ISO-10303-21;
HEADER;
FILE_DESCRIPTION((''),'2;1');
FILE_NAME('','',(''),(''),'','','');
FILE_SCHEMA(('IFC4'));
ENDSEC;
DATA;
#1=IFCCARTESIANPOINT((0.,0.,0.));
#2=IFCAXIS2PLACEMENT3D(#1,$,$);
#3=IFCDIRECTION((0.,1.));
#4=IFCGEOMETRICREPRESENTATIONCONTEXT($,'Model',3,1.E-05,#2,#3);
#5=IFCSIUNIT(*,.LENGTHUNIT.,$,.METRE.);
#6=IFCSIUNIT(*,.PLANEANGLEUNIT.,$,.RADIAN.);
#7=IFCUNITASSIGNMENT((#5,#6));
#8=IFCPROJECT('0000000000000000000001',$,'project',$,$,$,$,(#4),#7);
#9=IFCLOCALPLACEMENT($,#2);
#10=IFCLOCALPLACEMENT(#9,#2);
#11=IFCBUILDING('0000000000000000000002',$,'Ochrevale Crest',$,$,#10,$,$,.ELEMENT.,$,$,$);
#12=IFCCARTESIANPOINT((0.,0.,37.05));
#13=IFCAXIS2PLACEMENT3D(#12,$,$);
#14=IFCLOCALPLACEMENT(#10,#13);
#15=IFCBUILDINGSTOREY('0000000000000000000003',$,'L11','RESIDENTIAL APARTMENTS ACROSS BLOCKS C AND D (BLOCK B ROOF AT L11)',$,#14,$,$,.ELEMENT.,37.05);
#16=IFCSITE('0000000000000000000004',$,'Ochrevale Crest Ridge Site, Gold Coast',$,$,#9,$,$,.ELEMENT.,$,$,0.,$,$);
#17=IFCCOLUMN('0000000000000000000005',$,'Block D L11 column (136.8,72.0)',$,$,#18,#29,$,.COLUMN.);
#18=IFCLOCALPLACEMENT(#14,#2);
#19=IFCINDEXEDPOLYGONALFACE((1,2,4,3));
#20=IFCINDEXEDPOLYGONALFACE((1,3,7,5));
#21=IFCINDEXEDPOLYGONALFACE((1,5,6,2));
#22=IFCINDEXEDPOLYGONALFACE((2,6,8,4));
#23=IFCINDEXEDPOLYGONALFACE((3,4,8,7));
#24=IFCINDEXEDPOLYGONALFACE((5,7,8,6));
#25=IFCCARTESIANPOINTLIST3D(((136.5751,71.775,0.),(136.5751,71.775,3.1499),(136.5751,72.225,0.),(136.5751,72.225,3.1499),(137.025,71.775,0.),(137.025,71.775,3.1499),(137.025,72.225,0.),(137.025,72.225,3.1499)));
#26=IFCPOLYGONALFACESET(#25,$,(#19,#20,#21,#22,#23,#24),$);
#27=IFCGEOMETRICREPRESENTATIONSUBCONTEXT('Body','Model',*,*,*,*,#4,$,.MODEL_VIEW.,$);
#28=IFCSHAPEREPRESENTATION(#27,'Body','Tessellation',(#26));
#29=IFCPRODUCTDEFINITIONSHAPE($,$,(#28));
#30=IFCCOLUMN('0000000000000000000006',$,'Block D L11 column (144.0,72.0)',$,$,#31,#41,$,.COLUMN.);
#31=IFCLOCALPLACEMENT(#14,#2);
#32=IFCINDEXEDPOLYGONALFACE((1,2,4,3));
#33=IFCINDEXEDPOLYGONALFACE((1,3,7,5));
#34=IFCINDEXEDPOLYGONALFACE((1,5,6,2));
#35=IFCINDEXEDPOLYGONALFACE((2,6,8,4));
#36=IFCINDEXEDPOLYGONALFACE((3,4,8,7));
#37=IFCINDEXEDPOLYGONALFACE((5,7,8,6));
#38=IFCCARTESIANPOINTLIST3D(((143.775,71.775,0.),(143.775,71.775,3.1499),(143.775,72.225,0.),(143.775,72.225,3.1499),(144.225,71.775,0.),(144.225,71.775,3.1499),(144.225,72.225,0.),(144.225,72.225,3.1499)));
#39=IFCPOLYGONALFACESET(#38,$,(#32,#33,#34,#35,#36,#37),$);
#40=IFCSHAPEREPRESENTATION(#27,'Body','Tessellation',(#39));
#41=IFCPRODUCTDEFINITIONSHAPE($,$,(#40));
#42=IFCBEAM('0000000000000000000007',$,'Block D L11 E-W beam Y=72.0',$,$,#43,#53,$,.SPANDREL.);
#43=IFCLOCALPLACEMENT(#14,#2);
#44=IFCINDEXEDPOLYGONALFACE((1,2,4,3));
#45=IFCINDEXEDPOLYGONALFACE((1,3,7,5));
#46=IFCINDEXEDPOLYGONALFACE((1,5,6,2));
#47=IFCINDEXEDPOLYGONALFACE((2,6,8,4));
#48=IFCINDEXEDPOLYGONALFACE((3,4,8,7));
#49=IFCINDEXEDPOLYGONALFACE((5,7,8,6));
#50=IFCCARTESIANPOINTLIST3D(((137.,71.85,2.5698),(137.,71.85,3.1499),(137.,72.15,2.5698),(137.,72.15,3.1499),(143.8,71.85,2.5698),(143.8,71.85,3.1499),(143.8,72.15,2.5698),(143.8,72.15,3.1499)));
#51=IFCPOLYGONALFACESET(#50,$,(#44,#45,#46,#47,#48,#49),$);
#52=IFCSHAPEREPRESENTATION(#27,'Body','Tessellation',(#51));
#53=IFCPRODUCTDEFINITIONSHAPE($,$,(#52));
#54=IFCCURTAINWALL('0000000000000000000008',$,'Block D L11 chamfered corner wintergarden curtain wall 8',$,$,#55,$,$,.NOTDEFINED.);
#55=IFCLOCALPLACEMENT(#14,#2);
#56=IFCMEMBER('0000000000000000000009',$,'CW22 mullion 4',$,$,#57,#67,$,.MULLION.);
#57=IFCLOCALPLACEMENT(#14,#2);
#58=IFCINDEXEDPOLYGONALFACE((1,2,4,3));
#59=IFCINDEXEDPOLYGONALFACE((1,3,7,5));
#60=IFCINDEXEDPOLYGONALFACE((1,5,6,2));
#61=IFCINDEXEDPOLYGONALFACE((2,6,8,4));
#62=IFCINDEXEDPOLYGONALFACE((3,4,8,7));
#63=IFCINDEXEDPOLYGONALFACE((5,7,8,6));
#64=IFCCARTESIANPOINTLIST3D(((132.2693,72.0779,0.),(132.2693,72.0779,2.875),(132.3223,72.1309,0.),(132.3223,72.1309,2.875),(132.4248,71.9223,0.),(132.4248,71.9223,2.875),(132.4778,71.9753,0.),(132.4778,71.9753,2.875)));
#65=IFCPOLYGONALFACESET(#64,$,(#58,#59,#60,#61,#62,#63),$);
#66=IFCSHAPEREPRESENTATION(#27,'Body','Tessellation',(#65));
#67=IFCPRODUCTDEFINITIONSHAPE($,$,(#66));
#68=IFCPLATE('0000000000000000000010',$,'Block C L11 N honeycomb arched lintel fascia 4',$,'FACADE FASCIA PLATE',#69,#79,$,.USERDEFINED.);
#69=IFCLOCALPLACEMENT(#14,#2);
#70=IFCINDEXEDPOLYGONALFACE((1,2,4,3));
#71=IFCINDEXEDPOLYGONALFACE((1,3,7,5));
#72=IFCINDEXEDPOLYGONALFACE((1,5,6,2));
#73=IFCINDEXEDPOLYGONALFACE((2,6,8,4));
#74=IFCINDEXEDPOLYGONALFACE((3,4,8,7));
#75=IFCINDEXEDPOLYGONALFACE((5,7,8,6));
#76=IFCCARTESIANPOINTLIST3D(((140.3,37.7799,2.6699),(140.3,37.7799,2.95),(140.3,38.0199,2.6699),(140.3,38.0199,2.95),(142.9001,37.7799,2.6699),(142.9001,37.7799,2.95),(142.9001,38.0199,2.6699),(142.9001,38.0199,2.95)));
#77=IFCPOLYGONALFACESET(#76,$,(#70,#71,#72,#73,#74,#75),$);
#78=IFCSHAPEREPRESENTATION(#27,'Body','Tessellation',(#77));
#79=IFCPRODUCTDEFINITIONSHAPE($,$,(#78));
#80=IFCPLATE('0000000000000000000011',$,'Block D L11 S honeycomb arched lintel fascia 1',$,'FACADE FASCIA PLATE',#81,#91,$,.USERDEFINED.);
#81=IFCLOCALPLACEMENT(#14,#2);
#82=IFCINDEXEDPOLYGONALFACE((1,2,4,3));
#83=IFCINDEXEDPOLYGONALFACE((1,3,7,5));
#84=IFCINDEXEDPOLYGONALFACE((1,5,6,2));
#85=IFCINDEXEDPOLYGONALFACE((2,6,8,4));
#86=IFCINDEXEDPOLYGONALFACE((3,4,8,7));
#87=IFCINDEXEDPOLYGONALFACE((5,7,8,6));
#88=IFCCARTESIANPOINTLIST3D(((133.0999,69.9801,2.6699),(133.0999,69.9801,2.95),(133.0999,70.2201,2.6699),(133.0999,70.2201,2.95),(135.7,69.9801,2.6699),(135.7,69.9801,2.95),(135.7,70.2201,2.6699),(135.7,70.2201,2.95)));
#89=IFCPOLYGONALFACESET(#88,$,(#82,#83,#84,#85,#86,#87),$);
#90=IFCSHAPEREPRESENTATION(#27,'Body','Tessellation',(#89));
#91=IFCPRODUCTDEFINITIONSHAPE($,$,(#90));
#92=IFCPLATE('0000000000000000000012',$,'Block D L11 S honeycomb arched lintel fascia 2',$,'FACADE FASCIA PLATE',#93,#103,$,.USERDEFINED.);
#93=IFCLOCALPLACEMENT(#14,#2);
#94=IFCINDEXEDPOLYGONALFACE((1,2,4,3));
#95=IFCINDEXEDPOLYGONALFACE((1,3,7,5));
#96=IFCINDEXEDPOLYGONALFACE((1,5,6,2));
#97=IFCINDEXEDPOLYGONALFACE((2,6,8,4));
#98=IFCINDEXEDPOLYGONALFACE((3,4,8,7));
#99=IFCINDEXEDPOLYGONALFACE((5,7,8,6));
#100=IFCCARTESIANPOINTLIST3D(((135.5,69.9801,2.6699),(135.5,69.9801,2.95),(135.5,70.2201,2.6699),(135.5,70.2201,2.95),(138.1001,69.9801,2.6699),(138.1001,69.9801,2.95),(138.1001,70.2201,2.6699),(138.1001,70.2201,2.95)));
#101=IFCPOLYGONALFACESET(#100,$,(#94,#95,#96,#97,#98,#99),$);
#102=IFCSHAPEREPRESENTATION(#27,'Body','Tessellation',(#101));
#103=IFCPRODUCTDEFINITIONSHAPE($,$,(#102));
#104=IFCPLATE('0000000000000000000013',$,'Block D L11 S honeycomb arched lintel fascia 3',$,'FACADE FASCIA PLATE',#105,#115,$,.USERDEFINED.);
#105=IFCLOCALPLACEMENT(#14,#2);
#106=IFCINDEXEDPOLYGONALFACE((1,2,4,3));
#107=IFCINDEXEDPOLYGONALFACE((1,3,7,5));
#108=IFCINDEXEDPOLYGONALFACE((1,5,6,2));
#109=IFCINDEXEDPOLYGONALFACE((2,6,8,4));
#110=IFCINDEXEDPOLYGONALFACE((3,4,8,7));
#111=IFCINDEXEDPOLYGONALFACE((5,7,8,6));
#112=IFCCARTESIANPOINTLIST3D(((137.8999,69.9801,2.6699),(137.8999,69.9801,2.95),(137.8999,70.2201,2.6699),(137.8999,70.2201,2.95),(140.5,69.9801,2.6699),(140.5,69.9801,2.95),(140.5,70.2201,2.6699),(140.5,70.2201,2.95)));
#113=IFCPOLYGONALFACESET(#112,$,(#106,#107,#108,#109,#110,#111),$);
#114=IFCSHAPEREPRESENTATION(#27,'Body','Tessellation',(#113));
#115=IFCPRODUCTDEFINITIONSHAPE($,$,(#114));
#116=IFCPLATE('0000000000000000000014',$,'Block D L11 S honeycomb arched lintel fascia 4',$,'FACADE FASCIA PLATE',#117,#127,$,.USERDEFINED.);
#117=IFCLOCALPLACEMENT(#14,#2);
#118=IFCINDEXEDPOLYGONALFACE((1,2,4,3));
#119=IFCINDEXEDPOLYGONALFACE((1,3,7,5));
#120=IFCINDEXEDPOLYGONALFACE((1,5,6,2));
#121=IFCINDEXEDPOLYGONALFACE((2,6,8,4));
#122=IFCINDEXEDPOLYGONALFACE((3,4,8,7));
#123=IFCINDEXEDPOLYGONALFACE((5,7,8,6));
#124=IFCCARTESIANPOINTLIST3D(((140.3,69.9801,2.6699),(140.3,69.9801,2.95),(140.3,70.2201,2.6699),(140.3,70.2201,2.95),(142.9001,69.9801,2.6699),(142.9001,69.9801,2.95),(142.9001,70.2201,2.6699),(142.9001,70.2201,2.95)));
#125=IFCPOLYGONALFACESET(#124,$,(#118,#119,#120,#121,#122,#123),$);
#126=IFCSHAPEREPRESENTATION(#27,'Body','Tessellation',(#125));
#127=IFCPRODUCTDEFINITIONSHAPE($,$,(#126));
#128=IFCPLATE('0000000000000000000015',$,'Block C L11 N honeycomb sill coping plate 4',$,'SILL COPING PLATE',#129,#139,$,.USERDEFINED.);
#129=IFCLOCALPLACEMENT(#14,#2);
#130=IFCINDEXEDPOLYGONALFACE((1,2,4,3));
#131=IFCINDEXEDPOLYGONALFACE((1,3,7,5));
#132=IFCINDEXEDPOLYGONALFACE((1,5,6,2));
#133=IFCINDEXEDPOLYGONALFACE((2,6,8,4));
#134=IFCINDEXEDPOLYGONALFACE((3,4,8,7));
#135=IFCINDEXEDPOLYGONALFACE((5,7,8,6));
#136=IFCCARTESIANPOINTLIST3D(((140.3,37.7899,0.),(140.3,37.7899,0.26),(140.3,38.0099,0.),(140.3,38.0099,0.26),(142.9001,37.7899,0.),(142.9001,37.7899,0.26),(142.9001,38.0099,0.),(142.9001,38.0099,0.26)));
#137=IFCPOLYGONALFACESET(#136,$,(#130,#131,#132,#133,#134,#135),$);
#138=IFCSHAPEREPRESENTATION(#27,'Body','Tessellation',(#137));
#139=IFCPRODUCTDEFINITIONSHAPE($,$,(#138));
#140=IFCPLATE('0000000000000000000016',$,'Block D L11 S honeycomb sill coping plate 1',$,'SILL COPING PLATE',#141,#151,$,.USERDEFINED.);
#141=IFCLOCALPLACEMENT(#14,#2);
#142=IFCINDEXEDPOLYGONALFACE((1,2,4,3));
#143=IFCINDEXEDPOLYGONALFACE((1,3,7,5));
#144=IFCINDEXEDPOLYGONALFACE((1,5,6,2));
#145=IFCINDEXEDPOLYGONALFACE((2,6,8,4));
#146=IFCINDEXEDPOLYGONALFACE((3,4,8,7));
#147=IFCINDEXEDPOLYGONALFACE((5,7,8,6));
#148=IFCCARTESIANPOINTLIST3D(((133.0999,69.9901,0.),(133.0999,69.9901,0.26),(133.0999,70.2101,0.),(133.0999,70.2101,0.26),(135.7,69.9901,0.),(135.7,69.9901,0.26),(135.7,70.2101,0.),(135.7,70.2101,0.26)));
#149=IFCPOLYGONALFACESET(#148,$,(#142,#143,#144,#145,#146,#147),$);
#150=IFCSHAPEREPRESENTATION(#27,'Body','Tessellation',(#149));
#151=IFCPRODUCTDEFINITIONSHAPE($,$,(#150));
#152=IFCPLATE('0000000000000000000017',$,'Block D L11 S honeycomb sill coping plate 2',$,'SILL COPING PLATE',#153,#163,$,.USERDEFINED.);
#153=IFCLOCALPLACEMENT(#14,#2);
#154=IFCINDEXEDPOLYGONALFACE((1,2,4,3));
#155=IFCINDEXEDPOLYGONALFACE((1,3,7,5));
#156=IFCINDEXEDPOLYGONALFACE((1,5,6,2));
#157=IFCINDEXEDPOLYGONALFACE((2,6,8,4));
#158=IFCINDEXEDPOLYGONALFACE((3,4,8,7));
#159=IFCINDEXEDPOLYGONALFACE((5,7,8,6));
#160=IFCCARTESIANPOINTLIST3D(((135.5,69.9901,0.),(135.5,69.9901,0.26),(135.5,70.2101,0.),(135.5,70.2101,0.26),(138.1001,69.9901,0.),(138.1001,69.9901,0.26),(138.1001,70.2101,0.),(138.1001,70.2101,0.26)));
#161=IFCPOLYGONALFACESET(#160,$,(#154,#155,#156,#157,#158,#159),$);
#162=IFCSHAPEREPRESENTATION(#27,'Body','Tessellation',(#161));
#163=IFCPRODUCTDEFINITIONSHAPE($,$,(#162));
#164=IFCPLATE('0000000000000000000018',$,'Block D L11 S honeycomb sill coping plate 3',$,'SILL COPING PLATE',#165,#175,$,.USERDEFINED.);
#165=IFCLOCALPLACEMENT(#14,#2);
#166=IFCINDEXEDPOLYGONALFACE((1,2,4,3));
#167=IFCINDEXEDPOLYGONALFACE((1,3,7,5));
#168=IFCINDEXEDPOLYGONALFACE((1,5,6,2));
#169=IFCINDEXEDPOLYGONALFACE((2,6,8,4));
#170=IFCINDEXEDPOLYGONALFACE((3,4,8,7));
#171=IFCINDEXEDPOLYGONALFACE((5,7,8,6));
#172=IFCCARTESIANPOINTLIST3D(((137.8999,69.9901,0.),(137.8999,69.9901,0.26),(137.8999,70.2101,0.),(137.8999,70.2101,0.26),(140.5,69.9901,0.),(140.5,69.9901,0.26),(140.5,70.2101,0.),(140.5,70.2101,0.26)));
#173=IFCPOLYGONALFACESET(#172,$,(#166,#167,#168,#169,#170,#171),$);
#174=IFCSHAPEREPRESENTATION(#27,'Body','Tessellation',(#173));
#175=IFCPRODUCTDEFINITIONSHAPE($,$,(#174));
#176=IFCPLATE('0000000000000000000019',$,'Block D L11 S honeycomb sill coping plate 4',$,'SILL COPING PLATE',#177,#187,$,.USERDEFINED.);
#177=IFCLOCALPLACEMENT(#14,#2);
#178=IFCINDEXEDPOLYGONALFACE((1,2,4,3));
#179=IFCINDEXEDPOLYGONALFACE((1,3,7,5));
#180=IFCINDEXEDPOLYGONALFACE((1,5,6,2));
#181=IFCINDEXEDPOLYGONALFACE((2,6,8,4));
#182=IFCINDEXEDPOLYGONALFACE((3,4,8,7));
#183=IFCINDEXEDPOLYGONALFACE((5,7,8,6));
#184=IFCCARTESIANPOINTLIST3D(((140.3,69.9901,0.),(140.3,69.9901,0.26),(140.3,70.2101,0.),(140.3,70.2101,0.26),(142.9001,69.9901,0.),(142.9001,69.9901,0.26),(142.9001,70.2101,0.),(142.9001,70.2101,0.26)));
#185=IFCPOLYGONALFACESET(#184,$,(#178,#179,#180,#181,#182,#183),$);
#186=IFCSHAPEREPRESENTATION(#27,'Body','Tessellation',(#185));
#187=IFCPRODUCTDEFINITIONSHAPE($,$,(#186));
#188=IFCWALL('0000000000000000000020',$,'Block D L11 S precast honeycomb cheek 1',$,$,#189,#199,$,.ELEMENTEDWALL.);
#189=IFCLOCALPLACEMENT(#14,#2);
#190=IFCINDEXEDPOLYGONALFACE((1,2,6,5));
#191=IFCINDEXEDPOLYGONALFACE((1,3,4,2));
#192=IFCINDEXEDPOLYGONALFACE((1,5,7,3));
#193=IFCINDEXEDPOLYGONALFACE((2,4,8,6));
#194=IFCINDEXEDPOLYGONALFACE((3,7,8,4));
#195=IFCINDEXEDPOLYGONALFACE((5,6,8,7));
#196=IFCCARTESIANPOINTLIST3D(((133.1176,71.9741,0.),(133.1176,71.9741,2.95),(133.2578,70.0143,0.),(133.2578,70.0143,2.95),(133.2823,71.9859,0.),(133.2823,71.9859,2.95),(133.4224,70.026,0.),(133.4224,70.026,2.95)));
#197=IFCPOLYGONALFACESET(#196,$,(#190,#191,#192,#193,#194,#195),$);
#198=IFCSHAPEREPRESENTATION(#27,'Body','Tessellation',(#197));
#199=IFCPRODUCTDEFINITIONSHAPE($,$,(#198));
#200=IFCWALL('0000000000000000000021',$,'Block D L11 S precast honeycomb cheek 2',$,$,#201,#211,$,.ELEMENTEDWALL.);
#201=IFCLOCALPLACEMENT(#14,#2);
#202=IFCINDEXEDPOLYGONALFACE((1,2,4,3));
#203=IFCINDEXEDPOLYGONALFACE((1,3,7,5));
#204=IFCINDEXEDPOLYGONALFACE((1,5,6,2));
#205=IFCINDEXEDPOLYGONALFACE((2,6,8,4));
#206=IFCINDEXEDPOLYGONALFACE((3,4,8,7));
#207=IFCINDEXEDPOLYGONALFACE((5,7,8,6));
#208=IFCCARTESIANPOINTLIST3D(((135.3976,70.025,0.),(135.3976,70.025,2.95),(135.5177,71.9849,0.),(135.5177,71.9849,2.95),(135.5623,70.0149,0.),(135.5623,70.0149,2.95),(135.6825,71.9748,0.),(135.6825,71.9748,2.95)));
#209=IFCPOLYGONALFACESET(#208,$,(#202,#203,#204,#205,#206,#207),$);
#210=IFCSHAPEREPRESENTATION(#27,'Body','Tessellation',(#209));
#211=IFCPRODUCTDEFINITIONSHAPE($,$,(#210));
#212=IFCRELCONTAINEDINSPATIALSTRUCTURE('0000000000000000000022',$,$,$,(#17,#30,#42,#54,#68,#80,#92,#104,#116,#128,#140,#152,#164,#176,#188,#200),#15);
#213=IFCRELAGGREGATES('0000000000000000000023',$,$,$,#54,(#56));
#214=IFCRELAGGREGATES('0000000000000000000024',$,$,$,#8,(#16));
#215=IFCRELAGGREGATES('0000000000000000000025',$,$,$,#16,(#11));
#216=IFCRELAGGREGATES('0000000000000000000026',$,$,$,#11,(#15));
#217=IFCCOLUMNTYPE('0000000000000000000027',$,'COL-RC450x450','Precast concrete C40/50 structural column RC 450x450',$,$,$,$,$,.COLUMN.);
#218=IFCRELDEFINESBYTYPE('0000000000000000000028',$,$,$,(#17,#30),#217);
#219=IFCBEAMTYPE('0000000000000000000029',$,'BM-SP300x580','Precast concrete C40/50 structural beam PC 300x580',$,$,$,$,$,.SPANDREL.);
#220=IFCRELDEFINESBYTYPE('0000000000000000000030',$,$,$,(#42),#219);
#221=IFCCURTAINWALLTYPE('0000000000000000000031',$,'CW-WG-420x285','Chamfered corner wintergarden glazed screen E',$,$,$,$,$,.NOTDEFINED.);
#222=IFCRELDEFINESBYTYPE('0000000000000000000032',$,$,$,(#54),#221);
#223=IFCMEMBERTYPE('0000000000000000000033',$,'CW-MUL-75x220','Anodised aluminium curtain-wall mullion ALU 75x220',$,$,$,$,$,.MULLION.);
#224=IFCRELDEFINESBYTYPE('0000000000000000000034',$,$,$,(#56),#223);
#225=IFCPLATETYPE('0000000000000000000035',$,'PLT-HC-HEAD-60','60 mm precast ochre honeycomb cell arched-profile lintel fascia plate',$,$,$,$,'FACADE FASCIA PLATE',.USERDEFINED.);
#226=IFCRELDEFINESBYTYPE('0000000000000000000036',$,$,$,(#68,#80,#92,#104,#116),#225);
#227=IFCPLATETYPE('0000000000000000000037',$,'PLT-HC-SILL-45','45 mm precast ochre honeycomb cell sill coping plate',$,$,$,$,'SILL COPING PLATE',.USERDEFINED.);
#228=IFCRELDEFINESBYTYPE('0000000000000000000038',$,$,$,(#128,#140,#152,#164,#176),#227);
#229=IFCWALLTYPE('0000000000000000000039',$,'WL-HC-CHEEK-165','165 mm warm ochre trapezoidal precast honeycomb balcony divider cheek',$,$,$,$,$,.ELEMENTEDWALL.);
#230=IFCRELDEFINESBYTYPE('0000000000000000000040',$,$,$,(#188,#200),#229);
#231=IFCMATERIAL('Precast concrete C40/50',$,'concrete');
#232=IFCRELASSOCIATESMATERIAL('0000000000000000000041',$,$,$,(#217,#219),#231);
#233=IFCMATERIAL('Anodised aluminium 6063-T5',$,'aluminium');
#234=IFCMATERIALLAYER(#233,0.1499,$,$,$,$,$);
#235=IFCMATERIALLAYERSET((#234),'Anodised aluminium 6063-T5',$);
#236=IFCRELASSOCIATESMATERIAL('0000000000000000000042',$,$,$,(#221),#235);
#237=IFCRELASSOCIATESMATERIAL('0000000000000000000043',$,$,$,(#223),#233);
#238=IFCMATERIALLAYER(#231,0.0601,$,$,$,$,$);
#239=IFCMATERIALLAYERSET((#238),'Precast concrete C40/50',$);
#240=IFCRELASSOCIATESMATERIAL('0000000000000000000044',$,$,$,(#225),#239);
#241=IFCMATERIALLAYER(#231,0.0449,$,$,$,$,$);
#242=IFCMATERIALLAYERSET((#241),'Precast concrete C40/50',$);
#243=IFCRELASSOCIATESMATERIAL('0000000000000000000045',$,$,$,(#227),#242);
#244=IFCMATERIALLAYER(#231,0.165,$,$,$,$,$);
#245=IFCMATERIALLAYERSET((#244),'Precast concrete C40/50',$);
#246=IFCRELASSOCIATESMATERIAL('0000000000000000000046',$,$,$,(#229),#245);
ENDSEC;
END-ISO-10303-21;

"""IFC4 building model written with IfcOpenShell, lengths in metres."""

from ifc_helpers import new_model, si_unit, direction, frame, frame_2d, origin, origin_2d, place, context, subcontext, project, spatial, rectangle, extrude, material, layer, layer_set, material_profile, profile_set, type_object, element, aggregate, save


model = new_model("IFC4")

# Units and contexts
model_context = context("Model", 3, precision=1e-05, world=origin(), true_north=direction((0.0, 1.0)))
body_context = subcontext(model_context, "Body", "Model", "MODEL_VIEW")
ifc_project = project(units=[si_unit("LENGTHUNIT", "METRE"), si_unit("PLANEANGLEUNIT", "RADIAN")], contexts=[model_context])

# Site, building, storey
site_placement = place(None, origin())
site = spatial("IfcSite", under=ifc_project, at=site_placement, Name="Ochrevale Crest Ridge Site, Gold Coast", CompositionType="ELEMENT", RefElevation=0.0)
building_placement = place(site_placement, origin())
building = spatial("IfcBuilding", under=site, at=building_placement, Name="Ochrevale Crest", CompositionType="ELEMENT")
storey_placement = place(building_placement, frame((0.0, 0.0, 37.05)))
storey = spatial("IfcBuildingStorey", under=building, at=storey_placement, Name="L11", Description="RESIDENTIAL APARTMENTS ACROSS BLOCKS C AND D (BLOCK B ROOF AT L11)", CompositionType="ELEMENT", Elevation=37.05)

# Columns
ifc_material_1 = material(Name="Precast concrete C40/50", Category="concrete")
ifc_material_profile_1 = material_profile(ifc_material_1, rectangle(XDim=0.45, YDim=0.45, at=origin_2d()), Name="RC 450x450")
ifc_profile_set_1 = profile_set([ifc_material_profile_1], Name="Precast concrete C40/50")
column_type = type_object("IfcColumnType", Name="COL-RC450x450", Description="Precast concrete C40/50 structural column RC 450x450", PredefinedType="COLUMN", material=ifc_profile_set_1)
for number, where, z_axis, x_axis, name in (
    (1, (136.8, 72.0, 0.0), (0.0, 0.0, 1.0), (1.0, 0.0, 0.0), "Block D L11 column (136.8,72.0)"),
    (2, (144.0, 72.0, 0.0), (0.0, 0.0, 1.0), (1.0, 0.0, 0.0), "Block D L11 column (144.0,72.0)"),
):
    element("IfcColumn", number, at=place(storey_placement, frame(where, z_axis=z_axis, x_axis=x_axis)), inside=storey, type_object=column_type, Name=name, PredefinedType="COLUMN", context=body_context, shape_type="SweptSolid", body=[
        extrude(rectangle(XDim=0.45, YDim=0.45, at=origin_2d()), origin(), (0.0, 0.0, 1.0), 3.1499),
    ])

# Beam
ifc_material_profile_2 = material_profile(ifc_material_1, rectangle(XDim=0.3, YDim=0.5801, at=origin_2d()), Name="PC 300x580")
ifc_profile_set_2 = profile_set([ifc_material_profile_2], Name="Precast concrete C40/50")
beam_type = type_object("IfcBeamType", Name="BM-SP300x580", Description="Precast concrete C40/50 structural beam PC 300x580", PredefinedType="SPANDREL", material=ifc_profile_set_2)
beam_placement = place(storey_placement, frame((137.0, 72.0, 2.8599), z_axis=(1.0, 0.0, 0.0), x_axis=(0.0, 1.0, 0.0)))
element("IfcBeam", 3, at=beam_placement, inside=storey, type_object=beam_type, Name="Block D L11 E-W beam Y=72.0", PredefinedType="SPANDREL", context=body_context, shape_type="SweptSolid", body=[
    extrude(rectangle(XDim=0.3, YDim=0.5801, at=origin_2d()), origin(), (0.0, 0.0, 1.0), 6.8),
])

# Curtain wall, member
ifc_material_2 = material(Name="Anodised aluminium 6063-T5", Category="aluminium")
ifc_layer_1 = layer(ifc_material_2, 0.1499)
ifc_layer_set_1 = layer_set([ifc_layer_1], Name="Anodised aluminium 6063-T5")
curtain_wall_type = type_object("IfcCurtainWallType", Name="CW-WG-420x285", Description="Chamfered corner wintergarden glazed screen E", PredefinedType="NOTDEFINED", material=ifc_layer_set_1)
curtain_wall_placement = place(storey_placement, origin())
curtain_wall = element("IfcCurtainWall", 4, at=curtain_wall_placement, inside=storey, type_object=curtain_wall_type, Name="Block D L11 chamfered corner wintergarden curtain wall 8", PredefinedType="NOTDEFINED")
ifc_material_profile_3 = material_profile(ifc_material_2, rectangle(XDim=0.075, YDim=0.22, at=origin_2d()), Name="ALU 75x220")
ifc_profile_set_3 = profile_set([ifc_material_profile_3], Name="Anodised aluminium 6063-T5")
member_type = type_object("IfcMemberType", Name="CW-MUL-75x220", Description="Anodised aluminium curtain-wall mullion ALU 75x220", PredefinedType="MULLION", material=ifc_profile_set_3)
member_placement = place(storey_placement, frame((132.3735, 72.0266, 0.0), z_axis=(0.0, 0.0, 1.0), x_axis=(0.707107, 0.707107, 0.0)))
member = element("IfcMember", 5, at=member_placement, type_object=member_type, Name="CW22 mullion 4", PredefinedType="MULLION", context=body_context, shape_type="SweptSolid", body=[
    extrude(rectangle(XDim=0.075, YDim=0.22, at=origin_2d()), origin(), (0.0, 0.0, 1.0), 2.875),
])
aggregate(curtain_wall, [member])

# Plates
ifc_layer_2 = layer(ifc_material_1, 0.0601)
ifc_layer_set_2 = layer_set([ifc_layer_2], Name="Precast concrete C40/50")
plate_type_1 = type_object("IfcPlateType", Name="PLT-HC-HEAD-60", Description="60 mm precast ochre honeycomb cell arched-profile lintel fascia plate", ElementType="FACADE FASCIA PLATE", PredefinedType="USERDEFINED", material=ifc_layer_set_2)
for number, where, z_axis, x_axis, name in (
    (6, (141.6001, 37.8999, 2.6699), (0.0, 0.0, 1.0), (1.0, 0.0, 0.0), "Block C L11 N honeycomb arched lintel fascia 4"),
    (7, (134.3999, 70.1001, 2.6699), (0.0, 0.0, 1.0), (1.0, 0.0, 0.0), "Block D L11 S honeycomb arched lintel fascia 1"),
    (8, (136.8, 70.1001, 2.6699), (0.0, 0.0, 1.0), (1.0, 0.0, 0.0), "Block D L11 S honeycomb arched lintel fascia 2"),
    (9, (139.2, 70.1001, 2.6699), (0.0, 0.0, 1.0), (1.0, 0.0, 0.0), "Block D L11 S honeycomb arched lintel fascia 3"),
    (10, (141.6001, 70.1001, 2.6699), (0.0, 0.0, 1.0), (1.0, 0.0, 0.0), "Block D L11 S honeycomb arched lintel fascia 4"),
):
    element("IfcPlate", number, at=place(storey_placement, frame(where, z_axis=z_axis, x_axis=x_axis)), inside=storey, type_object=plate_type_1, Name=name, ObjectType="FACADE FASCIA PLATE", PredefinedType="USERDEFINED", context=body_context, shape_type="SweptSolid", body=[
        extrude(rectangle(XDim=2.6001, YDim=0.24, at=origin_2d()), origin(), (0.0, 0.0, 1.0), 0.28),
    ])
ifc_layer_3 = layer(ifc_material_1, 0.0449)
ifc_layer_set_3 = layer_set([ifc_layer_3], Name="Precast concrete C40/50")
plate_type_2 = type_object("IfcPlateType", Name="PLT-HC-SILL-45", Description="45 mm precast ochre honeycomb cell sill coping plate", ElementType="SILL COPING PLATE", PredefinedType="USERDEFINED", material=ifc_layer_set_3)
for number, where, z_axis, x_axis, name in (
    (11, (141.6001, 37.8999, 0.0), (0.0, 0.0, 1.0), (1.0, 0.0, 0.0), "Block C L11 N honeycomb sill coping plate 4"),
    (12, (134.3999, 70.1001, 0.0), (0.0, 0.0, 1.0), (1.0, 0.0, 0.0), "Block D L11 S honeycomb sill coping plate 1"),
    (13, (136.8, 70.1001, 0.0), (0.0, 0.0, 1.0), (1.0, 0.0, 0.0), "Block D L11 S honeycomb sill coping plate 2"),
    (14, (139.2, 70.1001, 0.0), (0.0, 0.0, 1.0), (1.0, 0.0, 0.0), "Block D L11 S honeycomb sill coping plate 3"),
    (15, (141.6001, 70.1001, 0.0), (0.0, 0.0, 1.0), (1.0, 0.0, 0.0), "Block D L11 S honeycomb sill coping plate 4"),
):
    element("IfcPlate", number, at=place(storey_placement, frame(where, z_axis=z_axis, x_axis=x_axis)), inside=storey, type_object=plate_type_2, Name=name, ObjectType="SILL COPING PLATE", PredefinedType="USERDEFINED", context=body_context, shape_type="SweptSolid", body=[
        extrude(rectangle(XDim=2.6001, YDim=0.22, at=origin_2d()), origin(), (0.0, 0.0, 1.0), 0.26),
    ])

# Walls
ifc_layer_4 = layer(ifc_material_1, 0.165)
ifc_layer_set_4 = layer_set([ifc_layer_4], Name="Precast concrete C40/50")
wall_type = type_object("IfcWallType", Name="WL-HC-CHEEK-165", Description="165 mm warm ochre trapezoidal precast honeycomb balcony divider cheek", PredefinedType="ELEMENTEDWALL", material=ifc_layer_set_4)
wall_1_placement = place(storey_placement, frame((133.2, 71.98, 0.0), z_axis=(0.0, 0.0, 1.0), x_axis=(0.071318, -0.997454, 0.0)))
element("IfcWall", 16, at=wall_1_placement, inside=storey, type_object=wall_type, Name="Block D L11 S precast honeycomb cheek 1", PredefinedType="ELEMENTEDWALL", context=body_context, shape_type="SweptSolid", body=[
    extrude(rectangle(XDim=1.9648, YDim=0.165, at=frame_2d((0.9824, 0.0))), origin(), (0.0, 0.0, 1.0), 2.95),
])
wall_2_placement = place(storey_placement, frame((135.6001, 71.98, 0.0), z_axis=(0.0, 0.0, 1.0), x_axis=(-0.061171, -0.998127, 0.0)))
element("IfcWall", 17, at=wall_2_placement, inside=storey, type_object=wall_type, Name="Block D L11 S precast honeycomb cheek 2", PredefinedType="ELEMENTEDWALL", context=body_context, shape_type="SweptSolid", body=[
    extrude(rectangle(XDim=1.9636, YDim=0.165, at=frame_2d((0.9819, 0.0))), origin(), (0.0, 0.0, 1.0), 2.95),
])

save(model, "model.ifc")
